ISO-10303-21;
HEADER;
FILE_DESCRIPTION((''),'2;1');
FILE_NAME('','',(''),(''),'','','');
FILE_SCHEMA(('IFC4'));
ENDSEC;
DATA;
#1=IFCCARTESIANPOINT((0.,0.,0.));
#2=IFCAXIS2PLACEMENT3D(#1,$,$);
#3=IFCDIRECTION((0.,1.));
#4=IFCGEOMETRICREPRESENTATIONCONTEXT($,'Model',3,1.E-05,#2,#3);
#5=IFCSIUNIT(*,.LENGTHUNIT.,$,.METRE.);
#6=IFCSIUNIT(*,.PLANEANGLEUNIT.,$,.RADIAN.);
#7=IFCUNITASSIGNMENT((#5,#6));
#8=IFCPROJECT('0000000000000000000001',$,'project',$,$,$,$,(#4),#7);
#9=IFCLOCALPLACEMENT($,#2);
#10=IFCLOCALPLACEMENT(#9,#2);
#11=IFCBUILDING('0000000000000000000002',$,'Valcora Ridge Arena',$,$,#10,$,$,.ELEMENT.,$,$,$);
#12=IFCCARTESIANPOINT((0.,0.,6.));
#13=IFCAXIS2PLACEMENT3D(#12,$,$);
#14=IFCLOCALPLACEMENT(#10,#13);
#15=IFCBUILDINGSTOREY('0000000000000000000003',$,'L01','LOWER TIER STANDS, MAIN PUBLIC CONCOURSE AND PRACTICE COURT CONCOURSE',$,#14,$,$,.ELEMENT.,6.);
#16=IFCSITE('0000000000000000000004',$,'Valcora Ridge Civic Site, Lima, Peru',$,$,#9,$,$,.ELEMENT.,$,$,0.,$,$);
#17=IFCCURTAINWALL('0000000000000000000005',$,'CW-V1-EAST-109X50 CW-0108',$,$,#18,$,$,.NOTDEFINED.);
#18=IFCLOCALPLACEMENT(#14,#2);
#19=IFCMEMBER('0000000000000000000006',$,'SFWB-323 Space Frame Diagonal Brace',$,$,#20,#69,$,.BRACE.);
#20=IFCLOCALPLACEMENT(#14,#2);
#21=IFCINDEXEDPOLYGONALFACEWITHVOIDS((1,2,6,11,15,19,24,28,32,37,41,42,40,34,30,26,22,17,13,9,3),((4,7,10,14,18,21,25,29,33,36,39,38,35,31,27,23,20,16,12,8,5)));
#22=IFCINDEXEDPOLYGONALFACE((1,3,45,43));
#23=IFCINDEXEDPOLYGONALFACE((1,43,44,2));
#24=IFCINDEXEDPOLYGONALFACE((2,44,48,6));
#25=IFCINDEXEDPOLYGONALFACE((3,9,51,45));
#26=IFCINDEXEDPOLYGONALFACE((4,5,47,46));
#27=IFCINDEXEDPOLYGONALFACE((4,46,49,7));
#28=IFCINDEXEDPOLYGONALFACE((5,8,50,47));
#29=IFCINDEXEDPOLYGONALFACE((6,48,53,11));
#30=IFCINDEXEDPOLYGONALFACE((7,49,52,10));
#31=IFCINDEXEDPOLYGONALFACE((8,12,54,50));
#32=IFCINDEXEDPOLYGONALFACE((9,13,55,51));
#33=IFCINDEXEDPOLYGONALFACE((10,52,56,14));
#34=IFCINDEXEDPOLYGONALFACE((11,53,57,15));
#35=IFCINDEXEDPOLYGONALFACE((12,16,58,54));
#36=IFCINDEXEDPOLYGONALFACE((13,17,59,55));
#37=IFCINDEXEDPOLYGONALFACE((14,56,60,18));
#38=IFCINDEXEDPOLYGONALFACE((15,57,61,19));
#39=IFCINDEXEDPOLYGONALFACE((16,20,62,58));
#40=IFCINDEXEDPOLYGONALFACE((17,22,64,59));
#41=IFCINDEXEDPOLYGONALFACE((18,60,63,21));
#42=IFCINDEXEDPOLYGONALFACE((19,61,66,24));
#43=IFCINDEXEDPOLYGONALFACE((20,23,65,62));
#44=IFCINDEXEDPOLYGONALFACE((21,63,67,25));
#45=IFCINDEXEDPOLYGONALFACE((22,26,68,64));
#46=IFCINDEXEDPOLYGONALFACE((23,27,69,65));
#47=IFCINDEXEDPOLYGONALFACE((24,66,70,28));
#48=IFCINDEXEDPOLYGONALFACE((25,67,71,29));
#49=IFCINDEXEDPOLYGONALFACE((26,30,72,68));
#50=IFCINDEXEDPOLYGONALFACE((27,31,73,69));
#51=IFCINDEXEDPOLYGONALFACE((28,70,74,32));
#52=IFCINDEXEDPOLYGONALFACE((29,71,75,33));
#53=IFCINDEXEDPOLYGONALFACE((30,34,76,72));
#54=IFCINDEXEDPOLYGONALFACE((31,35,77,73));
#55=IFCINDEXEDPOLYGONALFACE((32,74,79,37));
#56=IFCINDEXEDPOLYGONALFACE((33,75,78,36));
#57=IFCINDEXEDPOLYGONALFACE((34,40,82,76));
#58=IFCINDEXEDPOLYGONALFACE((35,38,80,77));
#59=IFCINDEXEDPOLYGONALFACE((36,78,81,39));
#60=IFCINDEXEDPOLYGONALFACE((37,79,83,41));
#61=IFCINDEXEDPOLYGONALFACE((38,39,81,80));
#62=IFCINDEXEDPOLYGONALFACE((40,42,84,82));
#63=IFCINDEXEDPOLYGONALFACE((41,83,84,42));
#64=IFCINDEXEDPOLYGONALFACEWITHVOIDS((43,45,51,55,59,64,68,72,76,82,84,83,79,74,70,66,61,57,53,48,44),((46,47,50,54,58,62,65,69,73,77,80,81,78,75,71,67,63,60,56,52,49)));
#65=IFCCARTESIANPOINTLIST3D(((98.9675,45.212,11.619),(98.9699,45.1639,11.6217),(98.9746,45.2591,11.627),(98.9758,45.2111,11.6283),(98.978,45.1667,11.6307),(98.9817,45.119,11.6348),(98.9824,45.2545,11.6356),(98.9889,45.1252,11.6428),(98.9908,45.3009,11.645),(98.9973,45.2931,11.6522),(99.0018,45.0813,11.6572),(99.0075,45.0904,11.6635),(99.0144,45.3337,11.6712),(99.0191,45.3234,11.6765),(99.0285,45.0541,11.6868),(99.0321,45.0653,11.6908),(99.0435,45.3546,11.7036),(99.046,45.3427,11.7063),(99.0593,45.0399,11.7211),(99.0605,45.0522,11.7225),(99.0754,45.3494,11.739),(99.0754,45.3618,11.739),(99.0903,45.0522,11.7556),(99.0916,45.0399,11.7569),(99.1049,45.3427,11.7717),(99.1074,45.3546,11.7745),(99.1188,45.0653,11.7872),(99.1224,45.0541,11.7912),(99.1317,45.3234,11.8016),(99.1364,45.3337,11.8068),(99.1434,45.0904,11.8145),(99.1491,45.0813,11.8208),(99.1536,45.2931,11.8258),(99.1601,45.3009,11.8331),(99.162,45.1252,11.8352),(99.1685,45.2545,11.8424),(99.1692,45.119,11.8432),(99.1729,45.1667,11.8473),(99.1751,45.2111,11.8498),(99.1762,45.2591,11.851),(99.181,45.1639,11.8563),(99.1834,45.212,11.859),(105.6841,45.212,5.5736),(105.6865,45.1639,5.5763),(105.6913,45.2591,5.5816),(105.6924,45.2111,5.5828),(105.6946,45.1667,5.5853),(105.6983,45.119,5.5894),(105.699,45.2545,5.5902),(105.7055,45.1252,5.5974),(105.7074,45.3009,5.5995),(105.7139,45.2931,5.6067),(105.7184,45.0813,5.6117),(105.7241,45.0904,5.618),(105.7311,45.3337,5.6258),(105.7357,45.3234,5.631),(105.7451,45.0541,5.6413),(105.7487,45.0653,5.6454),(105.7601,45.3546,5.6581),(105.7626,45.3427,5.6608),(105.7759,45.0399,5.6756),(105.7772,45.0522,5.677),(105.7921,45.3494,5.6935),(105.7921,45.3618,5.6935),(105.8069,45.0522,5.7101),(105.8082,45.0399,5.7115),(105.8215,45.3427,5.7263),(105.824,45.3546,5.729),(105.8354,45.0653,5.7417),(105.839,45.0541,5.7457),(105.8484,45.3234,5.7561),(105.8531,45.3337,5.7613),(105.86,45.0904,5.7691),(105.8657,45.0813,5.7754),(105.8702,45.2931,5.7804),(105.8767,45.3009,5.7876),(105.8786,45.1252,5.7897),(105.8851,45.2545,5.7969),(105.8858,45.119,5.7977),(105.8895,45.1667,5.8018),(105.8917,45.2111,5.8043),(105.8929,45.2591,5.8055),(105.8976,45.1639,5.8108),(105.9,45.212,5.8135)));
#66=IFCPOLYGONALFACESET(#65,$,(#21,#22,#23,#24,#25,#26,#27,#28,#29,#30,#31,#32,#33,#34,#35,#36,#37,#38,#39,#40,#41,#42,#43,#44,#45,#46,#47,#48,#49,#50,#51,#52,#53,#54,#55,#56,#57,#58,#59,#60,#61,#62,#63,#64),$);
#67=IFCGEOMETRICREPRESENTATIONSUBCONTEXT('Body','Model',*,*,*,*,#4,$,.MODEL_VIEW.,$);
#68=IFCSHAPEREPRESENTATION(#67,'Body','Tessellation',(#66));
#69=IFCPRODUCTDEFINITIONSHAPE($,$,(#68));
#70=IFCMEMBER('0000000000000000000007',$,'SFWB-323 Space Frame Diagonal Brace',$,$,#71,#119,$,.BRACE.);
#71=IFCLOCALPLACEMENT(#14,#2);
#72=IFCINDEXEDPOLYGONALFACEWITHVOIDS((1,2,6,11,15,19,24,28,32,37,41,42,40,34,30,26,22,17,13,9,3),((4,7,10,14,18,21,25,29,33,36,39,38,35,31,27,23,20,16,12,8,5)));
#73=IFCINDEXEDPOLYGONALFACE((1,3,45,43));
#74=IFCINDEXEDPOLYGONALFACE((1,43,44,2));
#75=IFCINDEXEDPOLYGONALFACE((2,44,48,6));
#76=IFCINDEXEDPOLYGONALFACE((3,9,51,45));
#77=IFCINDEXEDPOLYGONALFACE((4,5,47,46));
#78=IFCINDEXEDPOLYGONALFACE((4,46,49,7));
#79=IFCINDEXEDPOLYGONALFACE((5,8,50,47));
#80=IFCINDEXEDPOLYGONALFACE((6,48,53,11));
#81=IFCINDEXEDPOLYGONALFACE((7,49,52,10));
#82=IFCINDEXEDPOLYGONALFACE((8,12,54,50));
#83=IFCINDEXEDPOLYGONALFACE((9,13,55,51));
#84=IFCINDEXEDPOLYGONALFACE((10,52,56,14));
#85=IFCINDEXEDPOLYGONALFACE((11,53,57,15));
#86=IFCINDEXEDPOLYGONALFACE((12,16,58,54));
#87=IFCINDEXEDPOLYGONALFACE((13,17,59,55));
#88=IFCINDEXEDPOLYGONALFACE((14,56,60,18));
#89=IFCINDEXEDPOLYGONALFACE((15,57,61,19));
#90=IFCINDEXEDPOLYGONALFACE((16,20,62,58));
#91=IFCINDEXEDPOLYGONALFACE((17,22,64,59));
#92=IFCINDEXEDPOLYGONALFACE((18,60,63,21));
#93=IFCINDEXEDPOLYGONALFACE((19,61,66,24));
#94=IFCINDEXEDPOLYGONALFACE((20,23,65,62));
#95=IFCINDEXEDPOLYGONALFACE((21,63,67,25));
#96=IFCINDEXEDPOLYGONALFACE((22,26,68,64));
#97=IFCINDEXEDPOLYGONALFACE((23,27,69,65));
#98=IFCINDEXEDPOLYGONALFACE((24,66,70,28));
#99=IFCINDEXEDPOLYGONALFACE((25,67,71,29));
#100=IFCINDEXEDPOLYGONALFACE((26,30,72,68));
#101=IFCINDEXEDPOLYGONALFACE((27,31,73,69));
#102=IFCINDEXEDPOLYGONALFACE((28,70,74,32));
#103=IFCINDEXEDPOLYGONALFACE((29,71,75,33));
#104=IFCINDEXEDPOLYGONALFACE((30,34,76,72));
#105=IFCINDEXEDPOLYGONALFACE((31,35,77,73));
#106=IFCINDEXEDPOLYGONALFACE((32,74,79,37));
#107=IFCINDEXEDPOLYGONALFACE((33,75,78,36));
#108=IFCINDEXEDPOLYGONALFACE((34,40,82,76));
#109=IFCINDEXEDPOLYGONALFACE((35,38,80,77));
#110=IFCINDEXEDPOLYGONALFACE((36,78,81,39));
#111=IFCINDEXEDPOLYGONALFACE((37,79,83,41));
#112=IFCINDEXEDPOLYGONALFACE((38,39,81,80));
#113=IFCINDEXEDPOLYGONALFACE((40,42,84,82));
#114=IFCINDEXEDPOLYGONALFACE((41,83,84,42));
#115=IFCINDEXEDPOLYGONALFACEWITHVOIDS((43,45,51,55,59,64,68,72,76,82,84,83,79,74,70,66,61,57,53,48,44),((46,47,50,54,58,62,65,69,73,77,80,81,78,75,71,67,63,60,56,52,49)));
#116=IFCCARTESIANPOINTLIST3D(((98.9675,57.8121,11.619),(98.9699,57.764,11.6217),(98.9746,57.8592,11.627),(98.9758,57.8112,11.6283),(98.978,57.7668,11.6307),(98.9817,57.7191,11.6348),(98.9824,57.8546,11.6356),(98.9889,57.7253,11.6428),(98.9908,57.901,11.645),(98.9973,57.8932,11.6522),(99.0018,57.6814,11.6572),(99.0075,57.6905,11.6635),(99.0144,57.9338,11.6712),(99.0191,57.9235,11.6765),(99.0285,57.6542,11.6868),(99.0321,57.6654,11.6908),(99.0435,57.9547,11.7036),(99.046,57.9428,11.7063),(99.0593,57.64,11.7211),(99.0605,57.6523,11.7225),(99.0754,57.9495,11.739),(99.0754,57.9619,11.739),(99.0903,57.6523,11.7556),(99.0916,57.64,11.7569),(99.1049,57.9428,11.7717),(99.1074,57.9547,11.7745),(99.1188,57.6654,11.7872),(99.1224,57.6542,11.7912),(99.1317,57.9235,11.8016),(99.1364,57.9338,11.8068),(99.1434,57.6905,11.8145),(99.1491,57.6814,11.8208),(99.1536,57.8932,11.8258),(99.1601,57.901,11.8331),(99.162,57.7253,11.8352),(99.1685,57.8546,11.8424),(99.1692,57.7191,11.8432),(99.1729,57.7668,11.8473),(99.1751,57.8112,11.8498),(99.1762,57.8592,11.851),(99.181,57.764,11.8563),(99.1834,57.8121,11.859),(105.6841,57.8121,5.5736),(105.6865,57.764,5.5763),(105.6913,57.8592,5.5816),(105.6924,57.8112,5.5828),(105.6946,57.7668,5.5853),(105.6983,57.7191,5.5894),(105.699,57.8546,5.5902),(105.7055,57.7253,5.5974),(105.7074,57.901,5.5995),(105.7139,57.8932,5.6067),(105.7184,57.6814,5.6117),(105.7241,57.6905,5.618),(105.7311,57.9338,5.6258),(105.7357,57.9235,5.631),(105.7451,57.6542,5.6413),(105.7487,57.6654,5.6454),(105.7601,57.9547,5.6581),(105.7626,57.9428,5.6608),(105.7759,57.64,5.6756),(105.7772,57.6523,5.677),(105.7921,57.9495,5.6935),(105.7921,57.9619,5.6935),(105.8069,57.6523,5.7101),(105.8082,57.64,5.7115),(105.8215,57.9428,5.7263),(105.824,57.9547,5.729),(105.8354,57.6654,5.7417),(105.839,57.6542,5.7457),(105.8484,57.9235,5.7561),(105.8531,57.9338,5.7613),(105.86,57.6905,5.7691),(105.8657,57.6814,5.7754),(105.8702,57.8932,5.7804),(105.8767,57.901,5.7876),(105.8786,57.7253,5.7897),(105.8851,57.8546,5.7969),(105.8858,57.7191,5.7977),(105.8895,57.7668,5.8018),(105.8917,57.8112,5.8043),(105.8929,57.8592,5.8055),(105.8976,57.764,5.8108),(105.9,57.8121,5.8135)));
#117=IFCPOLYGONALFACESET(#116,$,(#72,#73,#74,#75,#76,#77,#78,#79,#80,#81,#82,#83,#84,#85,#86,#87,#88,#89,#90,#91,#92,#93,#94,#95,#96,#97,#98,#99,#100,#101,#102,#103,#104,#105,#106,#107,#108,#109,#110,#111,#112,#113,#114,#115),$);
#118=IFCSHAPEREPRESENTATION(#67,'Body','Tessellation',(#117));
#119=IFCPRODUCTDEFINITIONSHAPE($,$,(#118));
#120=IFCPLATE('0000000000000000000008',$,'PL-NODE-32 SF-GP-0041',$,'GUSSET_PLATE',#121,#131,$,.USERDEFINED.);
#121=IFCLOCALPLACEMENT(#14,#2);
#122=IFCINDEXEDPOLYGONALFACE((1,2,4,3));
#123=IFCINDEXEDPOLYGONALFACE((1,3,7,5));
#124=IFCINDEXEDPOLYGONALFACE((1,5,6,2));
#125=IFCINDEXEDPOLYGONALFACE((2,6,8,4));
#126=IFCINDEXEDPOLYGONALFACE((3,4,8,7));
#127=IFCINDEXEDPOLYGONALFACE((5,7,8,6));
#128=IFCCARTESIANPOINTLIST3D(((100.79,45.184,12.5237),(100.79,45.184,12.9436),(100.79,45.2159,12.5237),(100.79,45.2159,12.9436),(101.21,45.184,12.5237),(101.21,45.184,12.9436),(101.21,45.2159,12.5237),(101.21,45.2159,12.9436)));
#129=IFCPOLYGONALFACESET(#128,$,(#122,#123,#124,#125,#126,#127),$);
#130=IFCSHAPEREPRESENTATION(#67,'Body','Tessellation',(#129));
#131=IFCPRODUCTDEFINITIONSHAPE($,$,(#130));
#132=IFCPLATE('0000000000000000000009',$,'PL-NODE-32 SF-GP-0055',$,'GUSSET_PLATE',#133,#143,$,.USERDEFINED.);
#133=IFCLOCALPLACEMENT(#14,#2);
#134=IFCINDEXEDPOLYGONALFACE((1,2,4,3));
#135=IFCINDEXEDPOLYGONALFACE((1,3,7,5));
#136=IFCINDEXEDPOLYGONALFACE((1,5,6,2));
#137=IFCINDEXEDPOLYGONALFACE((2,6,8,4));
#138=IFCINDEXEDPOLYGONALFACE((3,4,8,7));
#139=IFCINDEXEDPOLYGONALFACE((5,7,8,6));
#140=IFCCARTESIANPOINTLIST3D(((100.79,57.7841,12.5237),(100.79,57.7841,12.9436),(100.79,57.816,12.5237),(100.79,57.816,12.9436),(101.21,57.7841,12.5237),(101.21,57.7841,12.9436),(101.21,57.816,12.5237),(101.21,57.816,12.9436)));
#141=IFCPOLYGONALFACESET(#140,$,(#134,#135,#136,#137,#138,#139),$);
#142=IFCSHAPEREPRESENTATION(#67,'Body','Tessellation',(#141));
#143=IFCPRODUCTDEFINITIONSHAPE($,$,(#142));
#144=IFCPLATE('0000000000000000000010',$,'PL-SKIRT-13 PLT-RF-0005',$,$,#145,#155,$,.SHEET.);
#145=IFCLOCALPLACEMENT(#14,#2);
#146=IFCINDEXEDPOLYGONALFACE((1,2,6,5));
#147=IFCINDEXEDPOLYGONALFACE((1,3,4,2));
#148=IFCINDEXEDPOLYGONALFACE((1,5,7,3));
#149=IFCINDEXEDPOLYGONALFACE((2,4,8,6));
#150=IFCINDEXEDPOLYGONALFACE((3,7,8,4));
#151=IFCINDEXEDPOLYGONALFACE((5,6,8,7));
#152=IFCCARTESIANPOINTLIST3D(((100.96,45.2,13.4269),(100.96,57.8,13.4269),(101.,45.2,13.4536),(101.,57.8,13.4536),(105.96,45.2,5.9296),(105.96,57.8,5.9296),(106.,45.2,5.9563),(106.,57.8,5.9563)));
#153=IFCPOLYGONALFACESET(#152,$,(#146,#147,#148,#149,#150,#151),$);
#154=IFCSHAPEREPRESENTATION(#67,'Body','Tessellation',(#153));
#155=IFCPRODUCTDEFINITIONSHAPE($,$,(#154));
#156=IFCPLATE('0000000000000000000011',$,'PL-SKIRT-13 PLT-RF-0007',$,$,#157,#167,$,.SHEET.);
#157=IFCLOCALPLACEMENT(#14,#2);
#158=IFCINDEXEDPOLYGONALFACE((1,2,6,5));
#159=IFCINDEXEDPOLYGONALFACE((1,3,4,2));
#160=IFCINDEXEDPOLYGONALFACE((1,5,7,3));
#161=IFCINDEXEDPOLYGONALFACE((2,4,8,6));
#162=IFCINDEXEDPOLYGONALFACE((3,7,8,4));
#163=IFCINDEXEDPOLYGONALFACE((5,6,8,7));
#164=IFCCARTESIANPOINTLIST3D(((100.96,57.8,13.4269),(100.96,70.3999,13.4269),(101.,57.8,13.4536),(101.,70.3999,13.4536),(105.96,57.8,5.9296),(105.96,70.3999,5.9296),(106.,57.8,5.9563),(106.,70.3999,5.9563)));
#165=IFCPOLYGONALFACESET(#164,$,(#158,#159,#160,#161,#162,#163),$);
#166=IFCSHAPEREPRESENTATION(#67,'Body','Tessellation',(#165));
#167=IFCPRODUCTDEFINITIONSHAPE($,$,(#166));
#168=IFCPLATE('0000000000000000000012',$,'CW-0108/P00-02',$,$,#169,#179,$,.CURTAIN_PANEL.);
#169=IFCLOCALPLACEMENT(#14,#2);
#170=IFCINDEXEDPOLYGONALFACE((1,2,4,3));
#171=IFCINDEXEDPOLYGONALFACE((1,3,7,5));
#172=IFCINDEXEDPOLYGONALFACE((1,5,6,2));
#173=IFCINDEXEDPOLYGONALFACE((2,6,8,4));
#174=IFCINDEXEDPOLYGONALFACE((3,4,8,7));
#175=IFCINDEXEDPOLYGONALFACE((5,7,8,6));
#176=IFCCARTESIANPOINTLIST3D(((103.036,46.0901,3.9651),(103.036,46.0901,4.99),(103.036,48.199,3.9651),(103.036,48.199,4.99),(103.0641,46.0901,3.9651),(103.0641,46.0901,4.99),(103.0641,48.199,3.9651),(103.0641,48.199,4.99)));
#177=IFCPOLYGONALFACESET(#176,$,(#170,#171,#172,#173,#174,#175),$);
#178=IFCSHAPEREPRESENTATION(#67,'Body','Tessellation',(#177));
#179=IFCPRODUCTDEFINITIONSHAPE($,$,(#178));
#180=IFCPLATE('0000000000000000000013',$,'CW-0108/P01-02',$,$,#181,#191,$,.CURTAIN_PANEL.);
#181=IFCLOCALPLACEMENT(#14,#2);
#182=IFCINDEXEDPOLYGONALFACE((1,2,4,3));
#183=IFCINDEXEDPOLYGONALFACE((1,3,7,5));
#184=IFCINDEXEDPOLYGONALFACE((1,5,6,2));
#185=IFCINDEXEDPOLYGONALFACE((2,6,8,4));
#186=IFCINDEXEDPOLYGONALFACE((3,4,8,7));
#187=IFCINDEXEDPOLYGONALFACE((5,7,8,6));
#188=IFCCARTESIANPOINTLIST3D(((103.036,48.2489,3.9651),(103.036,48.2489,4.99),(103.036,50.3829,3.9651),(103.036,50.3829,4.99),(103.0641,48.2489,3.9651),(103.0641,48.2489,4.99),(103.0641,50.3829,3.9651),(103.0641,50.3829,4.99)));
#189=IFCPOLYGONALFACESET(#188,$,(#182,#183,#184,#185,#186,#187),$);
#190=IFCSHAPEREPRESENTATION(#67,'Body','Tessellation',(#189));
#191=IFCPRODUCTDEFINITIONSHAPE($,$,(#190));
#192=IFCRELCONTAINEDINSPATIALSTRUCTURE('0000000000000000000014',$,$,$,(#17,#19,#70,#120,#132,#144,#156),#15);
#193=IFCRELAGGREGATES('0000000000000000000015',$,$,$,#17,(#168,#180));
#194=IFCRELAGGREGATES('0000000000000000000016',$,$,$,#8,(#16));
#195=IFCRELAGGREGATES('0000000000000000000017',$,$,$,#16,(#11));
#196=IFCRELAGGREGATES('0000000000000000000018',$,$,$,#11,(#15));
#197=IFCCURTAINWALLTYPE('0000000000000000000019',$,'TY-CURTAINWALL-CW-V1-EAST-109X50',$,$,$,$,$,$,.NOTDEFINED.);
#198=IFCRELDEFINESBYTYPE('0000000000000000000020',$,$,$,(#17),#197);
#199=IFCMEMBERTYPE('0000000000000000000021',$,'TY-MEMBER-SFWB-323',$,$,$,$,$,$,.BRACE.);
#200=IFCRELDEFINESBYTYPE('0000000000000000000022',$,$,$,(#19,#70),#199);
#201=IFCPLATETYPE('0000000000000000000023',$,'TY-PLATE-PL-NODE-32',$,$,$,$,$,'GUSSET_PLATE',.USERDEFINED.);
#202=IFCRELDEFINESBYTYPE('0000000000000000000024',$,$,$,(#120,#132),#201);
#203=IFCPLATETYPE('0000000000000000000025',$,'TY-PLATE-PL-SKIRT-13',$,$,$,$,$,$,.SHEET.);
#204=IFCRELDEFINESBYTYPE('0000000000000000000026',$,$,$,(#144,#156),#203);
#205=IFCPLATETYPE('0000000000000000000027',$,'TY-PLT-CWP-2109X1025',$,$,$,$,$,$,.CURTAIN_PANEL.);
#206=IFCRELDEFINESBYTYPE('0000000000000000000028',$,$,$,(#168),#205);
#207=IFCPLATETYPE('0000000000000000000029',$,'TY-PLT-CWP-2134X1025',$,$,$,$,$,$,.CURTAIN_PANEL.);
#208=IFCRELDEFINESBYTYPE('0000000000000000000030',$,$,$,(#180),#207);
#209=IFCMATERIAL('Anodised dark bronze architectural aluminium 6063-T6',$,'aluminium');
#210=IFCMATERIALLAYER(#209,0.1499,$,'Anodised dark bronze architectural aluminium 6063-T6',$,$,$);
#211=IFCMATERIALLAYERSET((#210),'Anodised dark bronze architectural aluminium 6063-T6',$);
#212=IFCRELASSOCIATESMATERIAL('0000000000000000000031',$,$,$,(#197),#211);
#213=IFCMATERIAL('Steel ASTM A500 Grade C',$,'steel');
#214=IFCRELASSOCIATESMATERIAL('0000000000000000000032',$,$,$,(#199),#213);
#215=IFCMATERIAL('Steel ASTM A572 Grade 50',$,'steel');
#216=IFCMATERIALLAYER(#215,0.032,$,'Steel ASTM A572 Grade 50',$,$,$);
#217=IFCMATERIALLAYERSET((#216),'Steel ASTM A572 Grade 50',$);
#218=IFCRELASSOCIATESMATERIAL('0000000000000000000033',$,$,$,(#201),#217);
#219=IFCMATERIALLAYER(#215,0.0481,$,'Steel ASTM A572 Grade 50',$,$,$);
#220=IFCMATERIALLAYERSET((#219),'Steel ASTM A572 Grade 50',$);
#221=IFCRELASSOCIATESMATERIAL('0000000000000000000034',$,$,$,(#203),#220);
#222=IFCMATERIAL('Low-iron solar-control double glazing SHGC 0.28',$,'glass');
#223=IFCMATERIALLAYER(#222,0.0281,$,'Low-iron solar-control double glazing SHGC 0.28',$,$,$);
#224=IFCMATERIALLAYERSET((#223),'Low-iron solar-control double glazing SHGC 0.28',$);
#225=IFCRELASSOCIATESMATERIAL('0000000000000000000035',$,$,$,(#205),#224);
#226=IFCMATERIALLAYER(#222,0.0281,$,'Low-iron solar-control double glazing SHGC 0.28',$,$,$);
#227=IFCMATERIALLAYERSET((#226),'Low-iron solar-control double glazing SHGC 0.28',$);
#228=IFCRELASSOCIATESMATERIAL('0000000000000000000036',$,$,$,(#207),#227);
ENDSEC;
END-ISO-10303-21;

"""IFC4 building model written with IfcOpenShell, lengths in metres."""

from ifc_helpers import new_model, si_unit, direction, frame, origin, origin_2d, place, context, subcontext, project, spatial, polyline, rectangle, hollow_circle, outline, extrude, material, layer, layer_set, material_profile, profile_set, type_object, element, aggregate, save


model = new_model("IFC4")

# Units and contexts
model_context = context("Model", 3, precision=1e-05, world=origin(), true_north=direction((0.0, 1.0)))
body_context = subcontext(model_context, "Body", "Model", "MODEL_VIEW")
ifc_project = project(units=[si_unit("LENGTHUNIT", "METRE"), si_unit("PLANEANGLEUNIT", "RADIAN")], contexts=[model_context])

# Site, building, storey
site_placement = place(None, origin())
site = spatial("IfcSite", under=ifc_project, at=site_placement, Name="Valcora Ridge Civic Site, Lima, Peru", CompositionType="ELEMENT", RefElevation=0.0)
building_placement = place(site_placement, origin())
building = spatial("IfcBuilding", under=site, at=building_placement, Name="Valcora Ridge Arena", CompositionType="ELEMENT")
storey_placement = place(building_placement, frame((0.0, 0.0, 6.0)))
storey = spatial("IfcBuildingStorey", under=building, at=storey_placement, Name="L01", Description="LOWER TIER STANDS, MAIN PUBLIC CONCOURSE AND PRACTICE COURT CONCOURSE", CompositionType="ELEMENT", Elevation=6.0)

# Curtain wall
ifc_material_1 = material(Name="Anodised dark bronze architectural aluminium 6063-T6", Category="aluminium")
ifc_layer_1 = layer(ifc_material_1, 0.1499, Name="Anodised dark bronze architectural aluminium 6063-T6")
ifc_layer_set_1 = layer_set([ifc_layer_1], Name="Anodised dark bronze architectural aluminium 6063-T6")
curtain_wall_type = type_object("IfcCurtainWallType", Name="TY-CURTAINWALL-CW-V1-EAST-109X50", PredefinedType="NOTDEFINED", material=ifc_layer_set_1)
curtain_wall_placement = place(storey_placement, origin())
curtain_wall = element("IfcCurtainWall", 1, at=curtain_wall_placement, inside=storey, type_object=curtain_wall_type, Name="CW-V1-EAST-109X50 CW-0108", PredefinedType="NOTDEFINED")

# Members
ifc_material_2 = material(Name="Steel ASTM A500 Grade C", Category="steel")
ifc_material_profile_1 = material_profile(ifc_material_2, hollow_circle(Radius=0.1619, WallThickness=0.0125, at=origin_2d()), Name="CHS323X12")
ifc_profile_set_1 = profile_set([ifc_material_profile_1], Name="Steel ASTM A500 Grade C")
member_type_1 = type_object("IfcMemberType", Name="TY-MEMBER-SFWB-323", PredefinedType="BRACE", material=ifc_profile_set_1)
for number, where, z_axis, x_axis, name in (
    (2, (99.0754, 45.2, 11.739), (0.743266, 0.0, -0.668996), (0.0, 1.0, 0.0), "SFWB-323 Space Frame Diagonal Brace"),
    (3, (99.0754, 57.8, 11.739), (0.743266, 0.0, -0.668996), (0.0, 1.0, 0.0), "SFWB-323 Space Frame Diagonal Brace"),
):
    element("IfcMember", number, at=place(storey_placement, frame(where, z_axis=z_axis, x_axis=x_axis)), inside=storey, type_object=member_type_1, Name=name, PredefinedType="BRACE", context=body_context, shape_type="SweptSolid", body=[
        extrude(hollow_circle(Radius=0.1619, WallThickness=0.0125, at=origin_2d()), origin(), (0.0, 0.0, 1.0), 9.0366),
    ])

# Plates
ifc_material_3 = material(Name="Steel ASTM A572 Grade 50", Category="steel")
ifc_layer_2 = layer(ifc_material_3, 0.032, Name="Steel ASTM A572 Grade 50")
ifc_layer_set_2 = layer_set([ifc_layer_2], Name="Steel ASTM A572 Grade 50")
plate_type_1 = type_object("IfcPlateType", Name="TY-PLATE-PL-NODE-32", ElementType="GUSSET_PLATE", PredefinedType="USERDEFINED", material=ifc_layer_set_2)
for number, where, z_axis, x_axis, name in (
    (4, (101.0, 45.2, 12.5237), (0.0, 0.0, 1.0), (1.0, 0.0, 0.0), "PL-NODE-32 SF-GP-0041"),
    (5, (101.0, 57.8, 12.5237), (0.0, 0.0, 1.0), (1.0, 0.0, 0.0), "PL-NODE-32 SF-GP-0055"),
):
    element("IfcPlate", number, at=place(storey_placement, frame(where, z_axis=z_axis, x_axis=x_axis)), inside=storey, type_object=plate_type_1, Name=name, ObjectType="GUSSET_PLATE", PredefinedType="USERDEFINED", context=body_context, shape_type="SweptSolid", body=[
        extrude(rectangle(XDim=0.4199, YDim=0.032, at=origin_2d()), origin(), (0.0, 0.0, 1.0), 0.4199),
    ])
ifc_layer_3 = layer(ifc_material_3, 0.0481, Name="Steel ASTM A572 Grade 50")
ifc_layer_set_3 = layer_set([ifc_layer_3], Name="Steel ASTM A572 Grade 50")
plate_type_2 = type_object("IfcPlateType", Name="TY-PLATE-PL-SKIRT-13", PredefinedType="SHEET", material=ifc_layer_set_3)
plate_1_placement = place(storey_placement, frame((101.0, 45.2, 13.4536), z_axis=(0.831959, 0.0, 0.554838), x_axis=(0.554838, 0.0, -0.831959)))
element("IfcPlate", 6, at=plate_1_placement, inside=storey, type_object=plate_type_2, Name="PL-SKIRT-13 PLT-RF-0005", PredefinedType="SHEET", context=body_context, shape_type="SweptSolid", body=[
    extrude(outline(polyline([(0.0, 0.0), (9.0116, 0.0), (9.0116, 12.6001), (0.0, 12.6001), (0.0, 0.0)])), origin(), (0.0, 0.0, -1.0), 0.0481),
])
plate_2_placement = place(storey_placement, frame((101.0, 57.8, 13.4536), z_axis=(0.831959, 0.0, 0.554838), x_axis=(0.554838, 0.0, -0.831959)))
element("IfcPlate", 7, at=plate_2_placement, inside=storey, type_object=plate_type_2, Name="PL-SKIRT-13 PLT-RF-0007", PredefinedType="SHEET", context=body_context, shape_type="SweptSolid", body=[
    extrude(outline(polyline([(0.0, 0.0), (9.0116, 0.0), (9.0116, 12.5999), (0.0, 12.5999), (0.0, 0.0)])), origin(), (0.0, 0.0, -1.0), 0.0481),
])

# Plates
ifc_material_4 = material(Name="Low-iron solar-control double glazing SHGC 0.28", Category="glass")
ifc_layer_4 = layer(ifc_material_4, 0.0281, Name="Low-iron solar-control double glazing SHGC 0.28")
ifc_layer_set_4 = layer_set([ifc_layer_4], Name="Low-iron solar-control double glazing SHGC 0.28")
plate_type_3 = type_object("IfcPlateType", Name="TY-PLT-CWP-2109X1025", PredefinedType="CURTAIN_PANEL", material=ifc_layer_set_4)
plate_3_placement = place(storey_placement, frame((103.05, 47.1445, 3.9651), z_axis=(0.0, 0.0, 1.0), x_axis=(0.0, 1.0, 0.0)))
plate_3 = element("IfcPlate", 8, at=plate_3_placement, type_object=plate_type_3, Name="CW-0108/P00-02", PredefinedType="CURTAIN_PANEL", context=body_context, shape_type="SweptSolid", body=[
    extrude(rectangle(XDim=2.1089, YDim=0.0281, at=origin_2d()), origin(), (0.0, 0.0, 1.0), 1.0249),
])
ifc_layer_5 = layer(ifc_material_4, 0.0281, Name="Low-iron solar-control double glazing SHGC 0.28")
ifc_layer_set_5 = layer_set([ifc_layer_5], Name="Low-iron solar-control double glazing SHGC 0.28")
plate_type_4 = type_object("IfcPlateType", Name="TY-PLT-CWP-2134X1025", PredefinedType="CURTAIN_PANEL", material=ifc_layer_set_5)
plate_4_placement = place(storey_placement, frame((103.05, 49.3159, 3.9651), z_axis=(0.0, 0.0, 1.0), x_axis=(0.0, 1.0, 0.0)))
plate_4 = element("IfcPlate", 9, at=plate_4_placement, type_object=plate_type_4, Name="CW-0108/P01-02", PredefinedType="CURTAIN_PANEL", context=body_context, shape_type="SweptSolid", body=[
    extrude(rectangle(XDim=2.134, YDim=0.0281, at=origin_2d()), origin(), (0.0, 0.0, 1.0), 1.0249),
])
aggregate(curtain_wall, [plate_3, plate_4])

save(model, "model.ifc")
